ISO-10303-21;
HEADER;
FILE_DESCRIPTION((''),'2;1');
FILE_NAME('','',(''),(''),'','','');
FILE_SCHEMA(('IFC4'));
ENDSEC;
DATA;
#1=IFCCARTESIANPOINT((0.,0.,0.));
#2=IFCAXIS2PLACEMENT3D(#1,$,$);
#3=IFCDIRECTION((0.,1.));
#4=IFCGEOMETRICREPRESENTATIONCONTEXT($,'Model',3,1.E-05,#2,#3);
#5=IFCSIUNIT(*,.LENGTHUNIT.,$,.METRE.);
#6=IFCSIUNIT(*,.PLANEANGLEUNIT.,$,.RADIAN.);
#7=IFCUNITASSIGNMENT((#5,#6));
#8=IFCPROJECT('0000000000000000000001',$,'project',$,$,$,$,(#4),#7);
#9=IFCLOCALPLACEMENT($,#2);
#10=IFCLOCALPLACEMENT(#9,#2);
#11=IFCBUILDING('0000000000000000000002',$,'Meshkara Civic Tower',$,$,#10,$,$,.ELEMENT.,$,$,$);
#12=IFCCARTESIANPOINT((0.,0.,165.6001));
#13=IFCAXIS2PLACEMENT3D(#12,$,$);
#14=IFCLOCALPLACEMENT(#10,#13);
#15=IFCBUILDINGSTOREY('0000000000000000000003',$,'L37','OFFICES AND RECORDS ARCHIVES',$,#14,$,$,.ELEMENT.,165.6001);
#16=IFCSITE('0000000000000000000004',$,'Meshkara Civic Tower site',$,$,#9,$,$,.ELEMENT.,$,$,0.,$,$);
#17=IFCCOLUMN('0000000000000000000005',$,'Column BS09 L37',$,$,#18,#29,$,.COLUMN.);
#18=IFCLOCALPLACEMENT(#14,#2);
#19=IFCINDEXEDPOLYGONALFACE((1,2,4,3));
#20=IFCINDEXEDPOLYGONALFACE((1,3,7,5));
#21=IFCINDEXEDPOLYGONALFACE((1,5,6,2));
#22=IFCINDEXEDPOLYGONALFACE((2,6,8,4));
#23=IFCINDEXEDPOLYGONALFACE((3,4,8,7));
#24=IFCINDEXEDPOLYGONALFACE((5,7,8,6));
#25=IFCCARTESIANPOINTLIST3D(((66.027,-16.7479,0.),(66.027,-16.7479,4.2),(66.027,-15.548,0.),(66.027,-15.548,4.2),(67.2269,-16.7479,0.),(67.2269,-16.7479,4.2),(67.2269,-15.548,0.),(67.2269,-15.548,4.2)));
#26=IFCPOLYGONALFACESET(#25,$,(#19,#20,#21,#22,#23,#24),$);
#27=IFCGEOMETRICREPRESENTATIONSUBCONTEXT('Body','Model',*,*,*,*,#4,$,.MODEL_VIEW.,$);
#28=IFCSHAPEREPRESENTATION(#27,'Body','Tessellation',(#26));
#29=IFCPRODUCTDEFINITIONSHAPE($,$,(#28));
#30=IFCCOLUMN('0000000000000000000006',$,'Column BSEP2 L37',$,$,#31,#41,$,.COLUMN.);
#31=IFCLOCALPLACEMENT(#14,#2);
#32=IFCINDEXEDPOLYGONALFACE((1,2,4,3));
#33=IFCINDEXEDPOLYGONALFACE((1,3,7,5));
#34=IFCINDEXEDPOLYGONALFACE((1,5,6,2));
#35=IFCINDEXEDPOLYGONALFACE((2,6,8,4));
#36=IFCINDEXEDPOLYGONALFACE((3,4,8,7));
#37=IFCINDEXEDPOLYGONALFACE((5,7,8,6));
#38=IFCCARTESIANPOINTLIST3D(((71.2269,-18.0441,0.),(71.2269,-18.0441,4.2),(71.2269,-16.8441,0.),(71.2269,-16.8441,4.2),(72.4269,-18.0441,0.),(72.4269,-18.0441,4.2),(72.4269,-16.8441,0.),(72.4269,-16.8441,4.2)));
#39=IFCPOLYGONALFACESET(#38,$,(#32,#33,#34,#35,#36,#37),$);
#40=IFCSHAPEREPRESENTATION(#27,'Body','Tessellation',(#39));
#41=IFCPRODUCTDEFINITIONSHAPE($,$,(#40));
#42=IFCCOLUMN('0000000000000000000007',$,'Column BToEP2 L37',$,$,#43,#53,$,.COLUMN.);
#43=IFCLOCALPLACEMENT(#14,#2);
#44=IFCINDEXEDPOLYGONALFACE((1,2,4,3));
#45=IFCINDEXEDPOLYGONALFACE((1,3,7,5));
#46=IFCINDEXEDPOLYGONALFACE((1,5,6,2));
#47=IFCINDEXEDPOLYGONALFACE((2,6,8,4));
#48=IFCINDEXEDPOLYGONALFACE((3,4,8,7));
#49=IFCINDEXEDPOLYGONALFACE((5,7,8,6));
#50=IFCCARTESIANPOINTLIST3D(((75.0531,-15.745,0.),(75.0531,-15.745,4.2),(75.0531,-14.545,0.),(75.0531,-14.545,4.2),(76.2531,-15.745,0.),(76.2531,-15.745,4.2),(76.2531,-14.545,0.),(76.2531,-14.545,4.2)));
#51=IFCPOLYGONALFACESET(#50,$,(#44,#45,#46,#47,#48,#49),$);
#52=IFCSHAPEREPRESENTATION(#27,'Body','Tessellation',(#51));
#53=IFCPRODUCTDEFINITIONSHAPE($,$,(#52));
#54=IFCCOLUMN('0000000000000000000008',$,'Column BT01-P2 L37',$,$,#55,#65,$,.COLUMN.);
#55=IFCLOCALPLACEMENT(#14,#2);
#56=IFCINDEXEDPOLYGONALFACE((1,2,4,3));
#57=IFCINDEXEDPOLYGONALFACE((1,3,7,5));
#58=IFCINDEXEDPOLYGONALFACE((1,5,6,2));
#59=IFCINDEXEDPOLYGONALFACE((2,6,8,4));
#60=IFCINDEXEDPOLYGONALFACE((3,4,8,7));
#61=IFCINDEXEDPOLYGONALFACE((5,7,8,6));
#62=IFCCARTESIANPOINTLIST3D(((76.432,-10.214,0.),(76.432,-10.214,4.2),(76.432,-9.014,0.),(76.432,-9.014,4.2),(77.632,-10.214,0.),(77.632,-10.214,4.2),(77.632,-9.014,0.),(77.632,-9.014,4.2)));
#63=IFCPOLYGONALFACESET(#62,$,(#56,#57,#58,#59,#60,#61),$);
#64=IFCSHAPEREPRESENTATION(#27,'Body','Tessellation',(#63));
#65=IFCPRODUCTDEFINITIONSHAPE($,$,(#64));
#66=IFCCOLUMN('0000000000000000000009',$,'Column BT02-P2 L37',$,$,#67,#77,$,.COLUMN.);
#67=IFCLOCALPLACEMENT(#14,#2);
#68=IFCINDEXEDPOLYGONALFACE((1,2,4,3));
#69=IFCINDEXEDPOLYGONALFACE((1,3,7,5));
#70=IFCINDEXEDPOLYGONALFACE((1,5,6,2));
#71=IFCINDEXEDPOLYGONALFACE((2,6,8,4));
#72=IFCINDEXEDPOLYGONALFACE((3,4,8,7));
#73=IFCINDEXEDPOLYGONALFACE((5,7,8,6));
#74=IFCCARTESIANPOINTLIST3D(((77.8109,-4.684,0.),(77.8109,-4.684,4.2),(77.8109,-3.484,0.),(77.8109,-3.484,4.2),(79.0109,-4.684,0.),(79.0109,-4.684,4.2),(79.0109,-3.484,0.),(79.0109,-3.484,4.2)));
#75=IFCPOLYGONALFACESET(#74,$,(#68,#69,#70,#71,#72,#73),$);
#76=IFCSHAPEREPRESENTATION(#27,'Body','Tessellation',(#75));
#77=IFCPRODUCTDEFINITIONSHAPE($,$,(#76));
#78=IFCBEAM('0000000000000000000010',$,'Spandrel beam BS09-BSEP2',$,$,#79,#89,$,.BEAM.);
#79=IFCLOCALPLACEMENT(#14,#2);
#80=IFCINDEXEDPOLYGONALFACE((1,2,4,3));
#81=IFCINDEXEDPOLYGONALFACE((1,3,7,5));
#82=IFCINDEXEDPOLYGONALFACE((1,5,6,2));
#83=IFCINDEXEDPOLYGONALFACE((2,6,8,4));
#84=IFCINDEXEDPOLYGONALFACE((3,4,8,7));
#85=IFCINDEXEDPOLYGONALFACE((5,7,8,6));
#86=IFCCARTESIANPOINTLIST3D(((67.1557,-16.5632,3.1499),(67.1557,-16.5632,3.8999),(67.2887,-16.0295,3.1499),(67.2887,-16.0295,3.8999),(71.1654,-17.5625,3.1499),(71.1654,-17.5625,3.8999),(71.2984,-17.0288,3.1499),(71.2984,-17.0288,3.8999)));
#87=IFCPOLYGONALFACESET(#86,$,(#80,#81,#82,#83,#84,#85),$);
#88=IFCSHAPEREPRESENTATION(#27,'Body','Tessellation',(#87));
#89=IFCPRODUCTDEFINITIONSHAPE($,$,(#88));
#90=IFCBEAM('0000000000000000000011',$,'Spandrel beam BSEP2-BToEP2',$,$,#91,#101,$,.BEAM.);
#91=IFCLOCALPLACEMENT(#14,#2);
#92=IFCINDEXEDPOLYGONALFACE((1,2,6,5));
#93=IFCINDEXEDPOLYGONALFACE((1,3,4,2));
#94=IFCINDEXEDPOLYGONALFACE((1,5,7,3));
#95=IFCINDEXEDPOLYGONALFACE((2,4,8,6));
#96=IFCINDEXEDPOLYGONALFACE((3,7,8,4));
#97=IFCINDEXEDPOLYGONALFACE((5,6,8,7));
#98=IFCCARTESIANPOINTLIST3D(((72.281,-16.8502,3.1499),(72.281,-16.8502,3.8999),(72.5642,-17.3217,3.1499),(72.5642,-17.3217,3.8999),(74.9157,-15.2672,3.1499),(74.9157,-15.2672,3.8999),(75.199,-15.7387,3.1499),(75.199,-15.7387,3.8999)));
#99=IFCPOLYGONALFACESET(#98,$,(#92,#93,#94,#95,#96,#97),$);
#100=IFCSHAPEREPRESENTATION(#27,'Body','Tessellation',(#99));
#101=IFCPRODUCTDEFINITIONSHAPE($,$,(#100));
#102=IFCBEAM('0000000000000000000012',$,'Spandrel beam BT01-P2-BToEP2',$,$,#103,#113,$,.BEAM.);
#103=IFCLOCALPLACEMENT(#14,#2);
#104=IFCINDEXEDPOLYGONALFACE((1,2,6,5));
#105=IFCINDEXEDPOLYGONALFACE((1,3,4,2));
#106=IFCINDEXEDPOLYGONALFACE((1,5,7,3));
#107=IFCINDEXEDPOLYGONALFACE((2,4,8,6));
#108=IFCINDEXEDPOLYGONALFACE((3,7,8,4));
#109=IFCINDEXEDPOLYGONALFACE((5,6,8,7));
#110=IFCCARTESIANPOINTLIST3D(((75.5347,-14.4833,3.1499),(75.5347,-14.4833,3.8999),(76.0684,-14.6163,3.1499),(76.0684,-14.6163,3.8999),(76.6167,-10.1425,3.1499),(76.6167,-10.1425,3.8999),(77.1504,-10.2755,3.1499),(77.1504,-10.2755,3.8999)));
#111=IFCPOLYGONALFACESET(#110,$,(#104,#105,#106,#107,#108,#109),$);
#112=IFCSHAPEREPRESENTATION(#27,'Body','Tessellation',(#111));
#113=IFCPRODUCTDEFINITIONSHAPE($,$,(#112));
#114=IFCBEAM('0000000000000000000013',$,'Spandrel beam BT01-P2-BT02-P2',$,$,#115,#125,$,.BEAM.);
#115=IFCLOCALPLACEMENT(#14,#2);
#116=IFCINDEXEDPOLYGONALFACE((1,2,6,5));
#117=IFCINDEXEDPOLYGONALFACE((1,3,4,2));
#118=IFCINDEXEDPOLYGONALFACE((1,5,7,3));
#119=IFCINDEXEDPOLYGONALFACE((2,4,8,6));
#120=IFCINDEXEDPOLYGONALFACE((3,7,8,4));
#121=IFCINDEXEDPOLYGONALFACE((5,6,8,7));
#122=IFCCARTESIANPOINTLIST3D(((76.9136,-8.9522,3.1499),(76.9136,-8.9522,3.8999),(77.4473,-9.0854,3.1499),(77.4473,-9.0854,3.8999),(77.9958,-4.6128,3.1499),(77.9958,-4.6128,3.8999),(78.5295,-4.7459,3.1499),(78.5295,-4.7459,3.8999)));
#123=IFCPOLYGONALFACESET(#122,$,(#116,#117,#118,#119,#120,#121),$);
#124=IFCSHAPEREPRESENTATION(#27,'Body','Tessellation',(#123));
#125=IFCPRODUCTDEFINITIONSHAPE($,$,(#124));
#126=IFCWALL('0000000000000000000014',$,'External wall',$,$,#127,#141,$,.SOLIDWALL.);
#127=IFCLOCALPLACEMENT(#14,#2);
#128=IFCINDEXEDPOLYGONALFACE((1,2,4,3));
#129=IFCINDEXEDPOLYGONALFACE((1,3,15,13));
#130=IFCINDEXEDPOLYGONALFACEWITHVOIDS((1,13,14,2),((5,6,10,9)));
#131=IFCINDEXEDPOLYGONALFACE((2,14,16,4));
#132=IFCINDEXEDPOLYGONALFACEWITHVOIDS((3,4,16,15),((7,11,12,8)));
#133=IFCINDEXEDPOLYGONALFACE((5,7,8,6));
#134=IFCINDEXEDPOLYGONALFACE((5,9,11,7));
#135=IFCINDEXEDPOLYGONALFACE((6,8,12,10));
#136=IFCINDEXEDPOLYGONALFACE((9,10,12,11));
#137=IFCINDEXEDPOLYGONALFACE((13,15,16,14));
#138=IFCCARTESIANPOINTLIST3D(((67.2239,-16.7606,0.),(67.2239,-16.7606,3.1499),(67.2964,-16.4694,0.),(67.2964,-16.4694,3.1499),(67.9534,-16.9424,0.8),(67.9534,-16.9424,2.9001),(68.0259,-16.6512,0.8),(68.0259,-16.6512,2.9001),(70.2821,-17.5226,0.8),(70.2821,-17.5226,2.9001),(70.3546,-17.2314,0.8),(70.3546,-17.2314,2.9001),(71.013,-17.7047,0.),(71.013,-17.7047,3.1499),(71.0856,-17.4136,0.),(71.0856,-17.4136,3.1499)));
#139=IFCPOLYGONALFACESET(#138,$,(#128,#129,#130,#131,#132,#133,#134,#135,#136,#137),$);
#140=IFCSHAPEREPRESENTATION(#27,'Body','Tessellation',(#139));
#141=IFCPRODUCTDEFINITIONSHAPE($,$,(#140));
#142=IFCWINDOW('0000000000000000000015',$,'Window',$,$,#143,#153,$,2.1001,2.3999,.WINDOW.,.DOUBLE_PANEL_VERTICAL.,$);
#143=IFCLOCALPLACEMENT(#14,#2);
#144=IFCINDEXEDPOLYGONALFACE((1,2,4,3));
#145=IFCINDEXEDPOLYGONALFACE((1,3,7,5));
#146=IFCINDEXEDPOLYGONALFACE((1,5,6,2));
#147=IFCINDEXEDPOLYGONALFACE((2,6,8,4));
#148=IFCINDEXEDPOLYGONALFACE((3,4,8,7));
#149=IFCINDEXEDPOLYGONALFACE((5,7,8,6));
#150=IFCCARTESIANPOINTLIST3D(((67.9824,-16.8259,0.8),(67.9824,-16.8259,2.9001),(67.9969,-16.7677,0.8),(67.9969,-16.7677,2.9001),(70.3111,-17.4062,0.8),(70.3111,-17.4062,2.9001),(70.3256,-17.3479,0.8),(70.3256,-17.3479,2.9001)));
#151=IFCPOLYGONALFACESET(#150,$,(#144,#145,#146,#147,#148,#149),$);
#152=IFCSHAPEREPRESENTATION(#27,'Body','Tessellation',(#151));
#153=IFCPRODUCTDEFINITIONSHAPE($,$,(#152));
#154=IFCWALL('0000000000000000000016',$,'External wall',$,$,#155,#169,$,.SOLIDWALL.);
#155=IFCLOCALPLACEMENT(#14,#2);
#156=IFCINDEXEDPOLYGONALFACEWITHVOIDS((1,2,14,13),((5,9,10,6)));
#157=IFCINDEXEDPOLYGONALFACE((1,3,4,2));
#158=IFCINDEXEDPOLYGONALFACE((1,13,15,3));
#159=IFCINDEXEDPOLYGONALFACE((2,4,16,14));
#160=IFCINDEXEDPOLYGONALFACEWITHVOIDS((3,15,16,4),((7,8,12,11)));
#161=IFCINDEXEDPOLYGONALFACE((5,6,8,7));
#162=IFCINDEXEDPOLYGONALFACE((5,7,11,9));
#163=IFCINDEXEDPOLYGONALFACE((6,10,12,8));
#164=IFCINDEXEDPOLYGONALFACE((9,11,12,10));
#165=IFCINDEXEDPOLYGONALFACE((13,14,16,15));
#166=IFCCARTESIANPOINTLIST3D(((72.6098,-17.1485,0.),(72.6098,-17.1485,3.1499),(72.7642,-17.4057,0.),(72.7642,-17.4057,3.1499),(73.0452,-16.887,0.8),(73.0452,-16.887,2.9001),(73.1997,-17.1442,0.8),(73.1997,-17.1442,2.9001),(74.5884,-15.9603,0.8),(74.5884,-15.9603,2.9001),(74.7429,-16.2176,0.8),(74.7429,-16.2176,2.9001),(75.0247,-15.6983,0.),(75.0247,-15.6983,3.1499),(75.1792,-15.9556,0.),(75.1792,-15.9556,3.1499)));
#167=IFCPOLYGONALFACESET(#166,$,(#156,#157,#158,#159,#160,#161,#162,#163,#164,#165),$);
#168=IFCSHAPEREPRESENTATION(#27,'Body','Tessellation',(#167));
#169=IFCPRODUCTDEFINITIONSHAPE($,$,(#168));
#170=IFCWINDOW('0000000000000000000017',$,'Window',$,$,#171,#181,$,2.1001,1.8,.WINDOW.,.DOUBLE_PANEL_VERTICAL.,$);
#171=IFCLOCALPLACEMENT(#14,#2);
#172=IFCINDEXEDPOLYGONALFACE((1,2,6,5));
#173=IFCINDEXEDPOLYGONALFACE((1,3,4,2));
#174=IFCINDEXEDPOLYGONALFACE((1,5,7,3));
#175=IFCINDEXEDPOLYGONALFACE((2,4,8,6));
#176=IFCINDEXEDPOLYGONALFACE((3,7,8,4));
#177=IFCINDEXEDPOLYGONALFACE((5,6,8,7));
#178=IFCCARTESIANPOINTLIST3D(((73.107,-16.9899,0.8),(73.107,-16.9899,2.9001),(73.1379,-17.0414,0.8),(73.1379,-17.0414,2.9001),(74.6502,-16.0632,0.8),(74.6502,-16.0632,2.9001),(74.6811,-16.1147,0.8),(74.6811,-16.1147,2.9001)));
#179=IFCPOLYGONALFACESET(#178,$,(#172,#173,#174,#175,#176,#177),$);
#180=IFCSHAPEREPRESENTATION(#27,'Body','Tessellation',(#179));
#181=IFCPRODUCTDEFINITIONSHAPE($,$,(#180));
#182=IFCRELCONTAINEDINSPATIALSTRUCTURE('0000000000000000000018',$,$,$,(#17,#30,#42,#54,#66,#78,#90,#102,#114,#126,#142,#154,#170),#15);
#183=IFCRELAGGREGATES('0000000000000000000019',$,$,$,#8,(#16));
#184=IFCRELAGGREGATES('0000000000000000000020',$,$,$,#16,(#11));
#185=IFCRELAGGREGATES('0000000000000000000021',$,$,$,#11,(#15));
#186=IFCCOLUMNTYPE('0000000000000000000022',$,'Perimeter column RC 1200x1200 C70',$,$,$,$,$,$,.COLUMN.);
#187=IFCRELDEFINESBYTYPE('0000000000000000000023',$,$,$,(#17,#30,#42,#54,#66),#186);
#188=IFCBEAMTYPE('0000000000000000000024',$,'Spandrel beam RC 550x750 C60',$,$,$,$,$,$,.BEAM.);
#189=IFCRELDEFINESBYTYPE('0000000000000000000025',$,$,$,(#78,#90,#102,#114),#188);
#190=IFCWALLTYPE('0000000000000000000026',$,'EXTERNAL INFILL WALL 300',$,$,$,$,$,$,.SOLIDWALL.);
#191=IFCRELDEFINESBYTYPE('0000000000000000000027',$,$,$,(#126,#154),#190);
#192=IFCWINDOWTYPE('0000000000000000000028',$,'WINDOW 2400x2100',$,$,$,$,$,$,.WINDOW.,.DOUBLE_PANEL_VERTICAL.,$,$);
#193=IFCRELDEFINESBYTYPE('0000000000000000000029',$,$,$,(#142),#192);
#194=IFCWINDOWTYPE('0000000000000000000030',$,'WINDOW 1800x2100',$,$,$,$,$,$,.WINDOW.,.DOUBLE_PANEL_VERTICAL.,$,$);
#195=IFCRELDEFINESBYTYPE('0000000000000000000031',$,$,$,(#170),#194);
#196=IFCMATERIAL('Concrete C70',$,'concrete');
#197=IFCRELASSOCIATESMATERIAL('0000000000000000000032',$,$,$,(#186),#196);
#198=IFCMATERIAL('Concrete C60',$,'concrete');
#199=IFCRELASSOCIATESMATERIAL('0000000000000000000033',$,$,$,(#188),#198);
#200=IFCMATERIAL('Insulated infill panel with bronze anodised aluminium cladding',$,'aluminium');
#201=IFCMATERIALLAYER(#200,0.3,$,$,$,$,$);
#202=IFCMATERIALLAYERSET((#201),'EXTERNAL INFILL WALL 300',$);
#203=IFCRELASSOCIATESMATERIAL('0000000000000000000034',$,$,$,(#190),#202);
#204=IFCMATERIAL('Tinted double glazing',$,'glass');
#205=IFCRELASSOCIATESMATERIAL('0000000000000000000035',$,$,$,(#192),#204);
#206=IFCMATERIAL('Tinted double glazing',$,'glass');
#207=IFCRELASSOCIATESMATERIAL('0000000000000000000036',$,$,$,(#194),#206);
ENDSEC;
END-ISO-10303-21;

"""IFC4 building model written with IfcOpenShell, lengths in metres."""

from ifc_helpers import new_model, si_unit, direction, frame, frame_2d, origin, origin_2d, place, context, subcontext, project, spatial, rectangle, extrude, material, layer, layer_set, material_profile, profile_set, type_object, element, fill, save


model = new_model("IFC4")

# Units and contexts
model_context = context("Model", 3, precision=1e-05, world=origin(), true_north=direction((0.0, 1.0)))
body_context = subcontext(model_context, "Body", "Model", "MODEL_VIEW")
ifc_project = project(units=[si_unit("LENGTHUNIT", "METRE"), si_unit("PLANEANGLEUNIT", "RADIAN")], contexts=[model_context])

# Site, building, storey
site_placement = place(None, origin())
site = spatial("IfcSite", under=ifc_project, at=site_placement, Name="Meshkara Civic Tower site", CompositionType="ELEMENT", RefElevation=0.0)
building_placement = place(site_placement, origin())
building = spatial("IfcBuilding", under=site, at=building_placement, Name="Meshkara Civic Tower", CompositionType="ELEMENT")
storey_placement = place(building_placement, frame((0.0, 0.0, 165.6001)))
storey = spatial("IfcBuildingStorey", under=building, at=storey_placement, Name="L37", Description="OFFICES AND RECORDS ARCHIVES", CompositionType="ELEMENT", Elevation=165.6001)

# Columns
ifc_material_1 = material(Name="Concrete C70", Category="concrete")
ifc_material_profile_1 = material_profile(ifc_material_1, rectangle(XDim=1.2, YDim=1.2, at=origin_2d()))
ifc_profile_set_1 = profile_set([ifc_material_profile_1], Name="Concrete C70")
column_type = type_object("IfcColumnType", Name="Perimeter column RC 1200x1200 C70", PredefinedType="COLUMN", material=ifc_profile_set_1)
for number, where, z_axis, x_axis, name in (
    (1, (66.627, -16.1479, 0.0), (0.0, 0.0, 1.0), (1.0, 0.0, 0.0), "Column BS09 L37"),
    (2, (71.8269, -17.4441, 0.0), (0.0, 0.0, 1.0), (1.0, 0.0, 0.0), "Column BSEP2 L37"),
    (3, (75.6531, -15.145, 0.0), (0.0, 0.0, 1.0), (1.0, 0.0, 0.0), "Column BToEP2 L37"),
    (4, (77.032, -9.614, 0.0), (0.0, 0.0, 1.0), (1.0, 0.0, 0.0), "Column BT01-P2 L37"),
    (5, (78.4109, -4.084, 0.0), (0.0, 0.0, 1.0), (1.0, 0.0, 0.0), "Column BT02-P2 L37"),
):
    element("IfcColumn", number, at=place(storey_placement, frame(where, z_axis=z_axis, x_axis=x_axis)), inside=storey, type_object=column_type, Name=name, PredefinedType="COLUMN", context=body_context, shape_type="SweptSolid", body=[
        extrude(rectangle(XDim=1.2, YDim=1.2, at=origin_2d()), origin(), (0.0, 0.0, 1.0), 4.2),
    ])

# Beams
ifc_material_2 = material(Name="Concrete C60", Category="concrete")
ifc_material_profile_2 = material_profile(ifc_material_2, rectangle(XDim=0.55, YDim=0.75, at=origin_2d()))
ifc_profile_set_2 = profile_set([ifc_material_profile_2], Name="Concrete C60")
beam_type = type_object("IfcBeamType", Name="Spandrel beam RC 550x750 C60", PredefinedType="BEAM", material=ifc_profile_set_2)
beam_1_placement = place(storey_placement, frame((67.2222, -16.2964, 3.5249), z_axis=(0.970323, -0.241813, 0.0), x_axis=(0.241813, 0.970323, 0.0)))
element("IfcBeam", 6, at=beam_1_placement, inside=storey, type_object=beam_type, Name="Spandrel beam BS09-BSEP2", PredefinedType="BEAM", context=body_context, shape_type="SweptSolid", body=[
    extrude(rectangle(XDim=0.55, YDim=0.75, at=origin_2d()), origin(), (0.0, 0.0, 1.0), 4.1323),
])
beam_2_placement = place(storey_placement, frame((72.4226, -17.0859, 3.5249), z_axis=(0.857184, 0.51501, 0.0), x_axis=(-0.51501, 0.857184, 0.0)))
element("IfcBeam", 7, at=beam_2_placement, inside=storey, type_object=beam_type, Name="Spandrel beam BSEP2-BToEP2", PredefinedType="BEAM", context=body_context, shape_type="SweptSolid", body=[
    extrude(rectangle(XDim=0.55, YDim=0.75, at=origin_2d()), origin(), (0.0, 0.0, 1.0), 3.0737),
])
beam_3_placement = place(storey_placement, frame((75.8015, -14.5498, 3.5249), z_axis=(0.241868, 0.970309, 0.0), x_axis=(-0.970309, 0.241868, 0.0)))
element("IfcBeam", 8, at=beam_3_placement, inside=storey, type_object=beam_type, Name="Spandrel beam BT01-P2-BToEP2", PredefinedType="BEAM", context=body_context, shape_type="SweptSolid", body=[
    extrude(rectangle(XDim=0.55, YDim=0.75, at=origin_2d()), origin(), (0.0, 0.0, 1.0), 4.4736),
])
beam_4_placement = place(storey_placement, frame((77.1804, -9.0188, 3.5249), z_axis=(0.241983, 0.97028, 0.0), x_axis=(-0.97028, 0.241983, 0.0)))
element("IfcBeam", 9, at=beam_4_placement, inside=storey, type_object=beam_type, Name="Spandrel beam BT01-P2-BT02-P2", PredefinedType="BEAM", context=body_context, shape_type="SweptSolid", body=[
    extrude(rectangle(XDim=0.55, YDim=0.75, at=origin_2d()), origin(), (0.0, 0.0, 1.0), 4.4724),
])

# Walls, openings, windows
ifc_material_3 = material(Name="Insulated infill panel with bronze anodised aluminium cladding", Category="aluminium")
ifc_layer_1 = layer(ifc_material_3, 0.3)
ifc_layer_set_1 = layer_set([ifc_layer_1], Name="EXTERNAL INFILL WALL 300")
wall_type_1 = type_object("IfcWallType", Name="EXTERNAL INFILL WALL 300", PredefinedType="SOLIDWALL", material=ifc_layer_set_1)
wall_1_placement = place(storey_placement, frame((67.26, -16.615, 0.0), z_axis=(0.0, 0.0, 1.0), x_axis=(0.970333, -0.241771, 0.0)))
wall_1 = element("IfcWall", 10, at=wall_1_placement, inside=storey, type_object=wall_type_1, Name="External wall", PredefinedType="SOLIDWALL", context=body_context, shape_type="SweptSolid", body=[
    extrude(rectangle(XDim=3.905, YDim=0.3, at=frame_2d((1.9526, 0.0))), origin(), (0.0, 0.0, 1.0), 3.1499),
])
opening_1_placement = place(wall_1_placement, frame((0.752, 0.0, 0.8)))
opening_1 = element("IfcOpeningElement", 11, at=opening_1_placement, cuts=wall_1, PredefinedType="OPENING", context=body_context, shape_type="SweptSolid", body=[
    extrude(rectangle(XDim=2.3999, YDim=2.1001, at=frame_2d((1.2, 1.05))), frame((0.0, 0.1599, 0.0), z_axis=(0.0, -1.0, 0.0), x_axis=(1.0, 0.0, 0.0)), (0.0, 0.0, 1.0), 0.3201),
])
ifc_material_4 = material(Name="Tinted double glazing", Category="glass")
window_type_1 = type_object("IfcWindowType", Name="WINDOW 2400x2100", PartitioningType="DOUBLE_PANEL_VERTICAL", PredefinedType="WINDOW", material=ifc_material_4)
window_1_placement = place(opening_1_placement, origin())
window_1 = element("IfcWindow", 12, at=window_1_placement, inside=storey, type_object=window_type_1, Name="Window", OverallHeight=2.1001, OverallWidth=2.3999, PartitioningType="DOUBLE_PANEL_VERTICAL", PredefinedType="WINDOW", context=body_context, shape_type="SweptSolid", body=[
    extrude(rectangle(XDim=2.3999, YDim=2.1001, at=frame_2d((1.2, 1.05))), frame((0.0, 0.03, 0.0), z_axis=(0.0, -1.0, 0.0), x_axis=(1.0, 0.0, 0.0)), (0.0, 0.0, 1.0), 0.0601),
])
fill(opening_1, window_1)
wall_2_placement = place(storey_placement, frame((72.687, -17.2771, 0.0), z_axis=(0.0, 0.0, 1.0), x_axis=(0.857309, 0.514802, 0.0)))
wall_2 = element("IfcWall", 13, at=wall_2_placement, inside=storey, type_object=wall_type_1, Name="External wall", PredefinedType="SOLIDWALL", context=body_context, shape_type="SweptSolid", body=[
    extrude(rectangle(XDim=2.8169, YDim=0.3, at=frame_2d((1.4084, 0.0))), origin(), (0.0, 0.0, 1.0), 3.1499),
])
opening_2_placement = place(wall_2_placement, frame((0.5081, 0.0, 0.8)))
opening_2 = element("IfcOpeningElement", 14, at=opening_2_placement, cuts=wall_2, PredefinedType="OPENING", context=body_context, shape_type="SweptSolid", body=[
    extrude(rectangle(XDim=1.8, YDim=2.1001, at=frame_2d((0.8999, 1.05))), frame((0.0, 0.1599, 0.0), z_axis=(0.0, -1.0, 0.0), x_axis=(1.0, 0.0, 0.0)), (0.0, 0.0, 1.0), 0.3201),
])
ifc_material_5 = material(Name="Tinted double glazing", Category="glass")
window_type_2 = type_object("IfcWindowType", Name="WINDOW 1800x2100", PartitioningType="DOUBLE_PANEL_VERTICAL", PredefinedType="WINDOW", material=ifc_material_5)
window_2_placement = place(opening_2_placement, origin())
window_2 = element("IfcWindow", 15, at=window_2_placement, inside=storey, type_object=window_type_2, Name="Window", OverallHeight=2.1001, OverallWidth=1.8, PartitioningType="DOUBLE_PANEL_VERTICAL", PredefinedType="WINDOW", context=body_context, shape_type="SweptSolid", body=[
    extrude(rectangle(XDim=1.8, YDim=2.1001, at=frame_2d((0.8999, 1.05))), frame((0.0, 0.03, 0.0), z_axis=(0.0, -1.0, 0.0), x_axis=(1.0, 0.0, 0.0)), (0.0, 0.0, 1.0), 0.0601),
])
fill(opening_2, window_2)

save(model, "model.ifc")
